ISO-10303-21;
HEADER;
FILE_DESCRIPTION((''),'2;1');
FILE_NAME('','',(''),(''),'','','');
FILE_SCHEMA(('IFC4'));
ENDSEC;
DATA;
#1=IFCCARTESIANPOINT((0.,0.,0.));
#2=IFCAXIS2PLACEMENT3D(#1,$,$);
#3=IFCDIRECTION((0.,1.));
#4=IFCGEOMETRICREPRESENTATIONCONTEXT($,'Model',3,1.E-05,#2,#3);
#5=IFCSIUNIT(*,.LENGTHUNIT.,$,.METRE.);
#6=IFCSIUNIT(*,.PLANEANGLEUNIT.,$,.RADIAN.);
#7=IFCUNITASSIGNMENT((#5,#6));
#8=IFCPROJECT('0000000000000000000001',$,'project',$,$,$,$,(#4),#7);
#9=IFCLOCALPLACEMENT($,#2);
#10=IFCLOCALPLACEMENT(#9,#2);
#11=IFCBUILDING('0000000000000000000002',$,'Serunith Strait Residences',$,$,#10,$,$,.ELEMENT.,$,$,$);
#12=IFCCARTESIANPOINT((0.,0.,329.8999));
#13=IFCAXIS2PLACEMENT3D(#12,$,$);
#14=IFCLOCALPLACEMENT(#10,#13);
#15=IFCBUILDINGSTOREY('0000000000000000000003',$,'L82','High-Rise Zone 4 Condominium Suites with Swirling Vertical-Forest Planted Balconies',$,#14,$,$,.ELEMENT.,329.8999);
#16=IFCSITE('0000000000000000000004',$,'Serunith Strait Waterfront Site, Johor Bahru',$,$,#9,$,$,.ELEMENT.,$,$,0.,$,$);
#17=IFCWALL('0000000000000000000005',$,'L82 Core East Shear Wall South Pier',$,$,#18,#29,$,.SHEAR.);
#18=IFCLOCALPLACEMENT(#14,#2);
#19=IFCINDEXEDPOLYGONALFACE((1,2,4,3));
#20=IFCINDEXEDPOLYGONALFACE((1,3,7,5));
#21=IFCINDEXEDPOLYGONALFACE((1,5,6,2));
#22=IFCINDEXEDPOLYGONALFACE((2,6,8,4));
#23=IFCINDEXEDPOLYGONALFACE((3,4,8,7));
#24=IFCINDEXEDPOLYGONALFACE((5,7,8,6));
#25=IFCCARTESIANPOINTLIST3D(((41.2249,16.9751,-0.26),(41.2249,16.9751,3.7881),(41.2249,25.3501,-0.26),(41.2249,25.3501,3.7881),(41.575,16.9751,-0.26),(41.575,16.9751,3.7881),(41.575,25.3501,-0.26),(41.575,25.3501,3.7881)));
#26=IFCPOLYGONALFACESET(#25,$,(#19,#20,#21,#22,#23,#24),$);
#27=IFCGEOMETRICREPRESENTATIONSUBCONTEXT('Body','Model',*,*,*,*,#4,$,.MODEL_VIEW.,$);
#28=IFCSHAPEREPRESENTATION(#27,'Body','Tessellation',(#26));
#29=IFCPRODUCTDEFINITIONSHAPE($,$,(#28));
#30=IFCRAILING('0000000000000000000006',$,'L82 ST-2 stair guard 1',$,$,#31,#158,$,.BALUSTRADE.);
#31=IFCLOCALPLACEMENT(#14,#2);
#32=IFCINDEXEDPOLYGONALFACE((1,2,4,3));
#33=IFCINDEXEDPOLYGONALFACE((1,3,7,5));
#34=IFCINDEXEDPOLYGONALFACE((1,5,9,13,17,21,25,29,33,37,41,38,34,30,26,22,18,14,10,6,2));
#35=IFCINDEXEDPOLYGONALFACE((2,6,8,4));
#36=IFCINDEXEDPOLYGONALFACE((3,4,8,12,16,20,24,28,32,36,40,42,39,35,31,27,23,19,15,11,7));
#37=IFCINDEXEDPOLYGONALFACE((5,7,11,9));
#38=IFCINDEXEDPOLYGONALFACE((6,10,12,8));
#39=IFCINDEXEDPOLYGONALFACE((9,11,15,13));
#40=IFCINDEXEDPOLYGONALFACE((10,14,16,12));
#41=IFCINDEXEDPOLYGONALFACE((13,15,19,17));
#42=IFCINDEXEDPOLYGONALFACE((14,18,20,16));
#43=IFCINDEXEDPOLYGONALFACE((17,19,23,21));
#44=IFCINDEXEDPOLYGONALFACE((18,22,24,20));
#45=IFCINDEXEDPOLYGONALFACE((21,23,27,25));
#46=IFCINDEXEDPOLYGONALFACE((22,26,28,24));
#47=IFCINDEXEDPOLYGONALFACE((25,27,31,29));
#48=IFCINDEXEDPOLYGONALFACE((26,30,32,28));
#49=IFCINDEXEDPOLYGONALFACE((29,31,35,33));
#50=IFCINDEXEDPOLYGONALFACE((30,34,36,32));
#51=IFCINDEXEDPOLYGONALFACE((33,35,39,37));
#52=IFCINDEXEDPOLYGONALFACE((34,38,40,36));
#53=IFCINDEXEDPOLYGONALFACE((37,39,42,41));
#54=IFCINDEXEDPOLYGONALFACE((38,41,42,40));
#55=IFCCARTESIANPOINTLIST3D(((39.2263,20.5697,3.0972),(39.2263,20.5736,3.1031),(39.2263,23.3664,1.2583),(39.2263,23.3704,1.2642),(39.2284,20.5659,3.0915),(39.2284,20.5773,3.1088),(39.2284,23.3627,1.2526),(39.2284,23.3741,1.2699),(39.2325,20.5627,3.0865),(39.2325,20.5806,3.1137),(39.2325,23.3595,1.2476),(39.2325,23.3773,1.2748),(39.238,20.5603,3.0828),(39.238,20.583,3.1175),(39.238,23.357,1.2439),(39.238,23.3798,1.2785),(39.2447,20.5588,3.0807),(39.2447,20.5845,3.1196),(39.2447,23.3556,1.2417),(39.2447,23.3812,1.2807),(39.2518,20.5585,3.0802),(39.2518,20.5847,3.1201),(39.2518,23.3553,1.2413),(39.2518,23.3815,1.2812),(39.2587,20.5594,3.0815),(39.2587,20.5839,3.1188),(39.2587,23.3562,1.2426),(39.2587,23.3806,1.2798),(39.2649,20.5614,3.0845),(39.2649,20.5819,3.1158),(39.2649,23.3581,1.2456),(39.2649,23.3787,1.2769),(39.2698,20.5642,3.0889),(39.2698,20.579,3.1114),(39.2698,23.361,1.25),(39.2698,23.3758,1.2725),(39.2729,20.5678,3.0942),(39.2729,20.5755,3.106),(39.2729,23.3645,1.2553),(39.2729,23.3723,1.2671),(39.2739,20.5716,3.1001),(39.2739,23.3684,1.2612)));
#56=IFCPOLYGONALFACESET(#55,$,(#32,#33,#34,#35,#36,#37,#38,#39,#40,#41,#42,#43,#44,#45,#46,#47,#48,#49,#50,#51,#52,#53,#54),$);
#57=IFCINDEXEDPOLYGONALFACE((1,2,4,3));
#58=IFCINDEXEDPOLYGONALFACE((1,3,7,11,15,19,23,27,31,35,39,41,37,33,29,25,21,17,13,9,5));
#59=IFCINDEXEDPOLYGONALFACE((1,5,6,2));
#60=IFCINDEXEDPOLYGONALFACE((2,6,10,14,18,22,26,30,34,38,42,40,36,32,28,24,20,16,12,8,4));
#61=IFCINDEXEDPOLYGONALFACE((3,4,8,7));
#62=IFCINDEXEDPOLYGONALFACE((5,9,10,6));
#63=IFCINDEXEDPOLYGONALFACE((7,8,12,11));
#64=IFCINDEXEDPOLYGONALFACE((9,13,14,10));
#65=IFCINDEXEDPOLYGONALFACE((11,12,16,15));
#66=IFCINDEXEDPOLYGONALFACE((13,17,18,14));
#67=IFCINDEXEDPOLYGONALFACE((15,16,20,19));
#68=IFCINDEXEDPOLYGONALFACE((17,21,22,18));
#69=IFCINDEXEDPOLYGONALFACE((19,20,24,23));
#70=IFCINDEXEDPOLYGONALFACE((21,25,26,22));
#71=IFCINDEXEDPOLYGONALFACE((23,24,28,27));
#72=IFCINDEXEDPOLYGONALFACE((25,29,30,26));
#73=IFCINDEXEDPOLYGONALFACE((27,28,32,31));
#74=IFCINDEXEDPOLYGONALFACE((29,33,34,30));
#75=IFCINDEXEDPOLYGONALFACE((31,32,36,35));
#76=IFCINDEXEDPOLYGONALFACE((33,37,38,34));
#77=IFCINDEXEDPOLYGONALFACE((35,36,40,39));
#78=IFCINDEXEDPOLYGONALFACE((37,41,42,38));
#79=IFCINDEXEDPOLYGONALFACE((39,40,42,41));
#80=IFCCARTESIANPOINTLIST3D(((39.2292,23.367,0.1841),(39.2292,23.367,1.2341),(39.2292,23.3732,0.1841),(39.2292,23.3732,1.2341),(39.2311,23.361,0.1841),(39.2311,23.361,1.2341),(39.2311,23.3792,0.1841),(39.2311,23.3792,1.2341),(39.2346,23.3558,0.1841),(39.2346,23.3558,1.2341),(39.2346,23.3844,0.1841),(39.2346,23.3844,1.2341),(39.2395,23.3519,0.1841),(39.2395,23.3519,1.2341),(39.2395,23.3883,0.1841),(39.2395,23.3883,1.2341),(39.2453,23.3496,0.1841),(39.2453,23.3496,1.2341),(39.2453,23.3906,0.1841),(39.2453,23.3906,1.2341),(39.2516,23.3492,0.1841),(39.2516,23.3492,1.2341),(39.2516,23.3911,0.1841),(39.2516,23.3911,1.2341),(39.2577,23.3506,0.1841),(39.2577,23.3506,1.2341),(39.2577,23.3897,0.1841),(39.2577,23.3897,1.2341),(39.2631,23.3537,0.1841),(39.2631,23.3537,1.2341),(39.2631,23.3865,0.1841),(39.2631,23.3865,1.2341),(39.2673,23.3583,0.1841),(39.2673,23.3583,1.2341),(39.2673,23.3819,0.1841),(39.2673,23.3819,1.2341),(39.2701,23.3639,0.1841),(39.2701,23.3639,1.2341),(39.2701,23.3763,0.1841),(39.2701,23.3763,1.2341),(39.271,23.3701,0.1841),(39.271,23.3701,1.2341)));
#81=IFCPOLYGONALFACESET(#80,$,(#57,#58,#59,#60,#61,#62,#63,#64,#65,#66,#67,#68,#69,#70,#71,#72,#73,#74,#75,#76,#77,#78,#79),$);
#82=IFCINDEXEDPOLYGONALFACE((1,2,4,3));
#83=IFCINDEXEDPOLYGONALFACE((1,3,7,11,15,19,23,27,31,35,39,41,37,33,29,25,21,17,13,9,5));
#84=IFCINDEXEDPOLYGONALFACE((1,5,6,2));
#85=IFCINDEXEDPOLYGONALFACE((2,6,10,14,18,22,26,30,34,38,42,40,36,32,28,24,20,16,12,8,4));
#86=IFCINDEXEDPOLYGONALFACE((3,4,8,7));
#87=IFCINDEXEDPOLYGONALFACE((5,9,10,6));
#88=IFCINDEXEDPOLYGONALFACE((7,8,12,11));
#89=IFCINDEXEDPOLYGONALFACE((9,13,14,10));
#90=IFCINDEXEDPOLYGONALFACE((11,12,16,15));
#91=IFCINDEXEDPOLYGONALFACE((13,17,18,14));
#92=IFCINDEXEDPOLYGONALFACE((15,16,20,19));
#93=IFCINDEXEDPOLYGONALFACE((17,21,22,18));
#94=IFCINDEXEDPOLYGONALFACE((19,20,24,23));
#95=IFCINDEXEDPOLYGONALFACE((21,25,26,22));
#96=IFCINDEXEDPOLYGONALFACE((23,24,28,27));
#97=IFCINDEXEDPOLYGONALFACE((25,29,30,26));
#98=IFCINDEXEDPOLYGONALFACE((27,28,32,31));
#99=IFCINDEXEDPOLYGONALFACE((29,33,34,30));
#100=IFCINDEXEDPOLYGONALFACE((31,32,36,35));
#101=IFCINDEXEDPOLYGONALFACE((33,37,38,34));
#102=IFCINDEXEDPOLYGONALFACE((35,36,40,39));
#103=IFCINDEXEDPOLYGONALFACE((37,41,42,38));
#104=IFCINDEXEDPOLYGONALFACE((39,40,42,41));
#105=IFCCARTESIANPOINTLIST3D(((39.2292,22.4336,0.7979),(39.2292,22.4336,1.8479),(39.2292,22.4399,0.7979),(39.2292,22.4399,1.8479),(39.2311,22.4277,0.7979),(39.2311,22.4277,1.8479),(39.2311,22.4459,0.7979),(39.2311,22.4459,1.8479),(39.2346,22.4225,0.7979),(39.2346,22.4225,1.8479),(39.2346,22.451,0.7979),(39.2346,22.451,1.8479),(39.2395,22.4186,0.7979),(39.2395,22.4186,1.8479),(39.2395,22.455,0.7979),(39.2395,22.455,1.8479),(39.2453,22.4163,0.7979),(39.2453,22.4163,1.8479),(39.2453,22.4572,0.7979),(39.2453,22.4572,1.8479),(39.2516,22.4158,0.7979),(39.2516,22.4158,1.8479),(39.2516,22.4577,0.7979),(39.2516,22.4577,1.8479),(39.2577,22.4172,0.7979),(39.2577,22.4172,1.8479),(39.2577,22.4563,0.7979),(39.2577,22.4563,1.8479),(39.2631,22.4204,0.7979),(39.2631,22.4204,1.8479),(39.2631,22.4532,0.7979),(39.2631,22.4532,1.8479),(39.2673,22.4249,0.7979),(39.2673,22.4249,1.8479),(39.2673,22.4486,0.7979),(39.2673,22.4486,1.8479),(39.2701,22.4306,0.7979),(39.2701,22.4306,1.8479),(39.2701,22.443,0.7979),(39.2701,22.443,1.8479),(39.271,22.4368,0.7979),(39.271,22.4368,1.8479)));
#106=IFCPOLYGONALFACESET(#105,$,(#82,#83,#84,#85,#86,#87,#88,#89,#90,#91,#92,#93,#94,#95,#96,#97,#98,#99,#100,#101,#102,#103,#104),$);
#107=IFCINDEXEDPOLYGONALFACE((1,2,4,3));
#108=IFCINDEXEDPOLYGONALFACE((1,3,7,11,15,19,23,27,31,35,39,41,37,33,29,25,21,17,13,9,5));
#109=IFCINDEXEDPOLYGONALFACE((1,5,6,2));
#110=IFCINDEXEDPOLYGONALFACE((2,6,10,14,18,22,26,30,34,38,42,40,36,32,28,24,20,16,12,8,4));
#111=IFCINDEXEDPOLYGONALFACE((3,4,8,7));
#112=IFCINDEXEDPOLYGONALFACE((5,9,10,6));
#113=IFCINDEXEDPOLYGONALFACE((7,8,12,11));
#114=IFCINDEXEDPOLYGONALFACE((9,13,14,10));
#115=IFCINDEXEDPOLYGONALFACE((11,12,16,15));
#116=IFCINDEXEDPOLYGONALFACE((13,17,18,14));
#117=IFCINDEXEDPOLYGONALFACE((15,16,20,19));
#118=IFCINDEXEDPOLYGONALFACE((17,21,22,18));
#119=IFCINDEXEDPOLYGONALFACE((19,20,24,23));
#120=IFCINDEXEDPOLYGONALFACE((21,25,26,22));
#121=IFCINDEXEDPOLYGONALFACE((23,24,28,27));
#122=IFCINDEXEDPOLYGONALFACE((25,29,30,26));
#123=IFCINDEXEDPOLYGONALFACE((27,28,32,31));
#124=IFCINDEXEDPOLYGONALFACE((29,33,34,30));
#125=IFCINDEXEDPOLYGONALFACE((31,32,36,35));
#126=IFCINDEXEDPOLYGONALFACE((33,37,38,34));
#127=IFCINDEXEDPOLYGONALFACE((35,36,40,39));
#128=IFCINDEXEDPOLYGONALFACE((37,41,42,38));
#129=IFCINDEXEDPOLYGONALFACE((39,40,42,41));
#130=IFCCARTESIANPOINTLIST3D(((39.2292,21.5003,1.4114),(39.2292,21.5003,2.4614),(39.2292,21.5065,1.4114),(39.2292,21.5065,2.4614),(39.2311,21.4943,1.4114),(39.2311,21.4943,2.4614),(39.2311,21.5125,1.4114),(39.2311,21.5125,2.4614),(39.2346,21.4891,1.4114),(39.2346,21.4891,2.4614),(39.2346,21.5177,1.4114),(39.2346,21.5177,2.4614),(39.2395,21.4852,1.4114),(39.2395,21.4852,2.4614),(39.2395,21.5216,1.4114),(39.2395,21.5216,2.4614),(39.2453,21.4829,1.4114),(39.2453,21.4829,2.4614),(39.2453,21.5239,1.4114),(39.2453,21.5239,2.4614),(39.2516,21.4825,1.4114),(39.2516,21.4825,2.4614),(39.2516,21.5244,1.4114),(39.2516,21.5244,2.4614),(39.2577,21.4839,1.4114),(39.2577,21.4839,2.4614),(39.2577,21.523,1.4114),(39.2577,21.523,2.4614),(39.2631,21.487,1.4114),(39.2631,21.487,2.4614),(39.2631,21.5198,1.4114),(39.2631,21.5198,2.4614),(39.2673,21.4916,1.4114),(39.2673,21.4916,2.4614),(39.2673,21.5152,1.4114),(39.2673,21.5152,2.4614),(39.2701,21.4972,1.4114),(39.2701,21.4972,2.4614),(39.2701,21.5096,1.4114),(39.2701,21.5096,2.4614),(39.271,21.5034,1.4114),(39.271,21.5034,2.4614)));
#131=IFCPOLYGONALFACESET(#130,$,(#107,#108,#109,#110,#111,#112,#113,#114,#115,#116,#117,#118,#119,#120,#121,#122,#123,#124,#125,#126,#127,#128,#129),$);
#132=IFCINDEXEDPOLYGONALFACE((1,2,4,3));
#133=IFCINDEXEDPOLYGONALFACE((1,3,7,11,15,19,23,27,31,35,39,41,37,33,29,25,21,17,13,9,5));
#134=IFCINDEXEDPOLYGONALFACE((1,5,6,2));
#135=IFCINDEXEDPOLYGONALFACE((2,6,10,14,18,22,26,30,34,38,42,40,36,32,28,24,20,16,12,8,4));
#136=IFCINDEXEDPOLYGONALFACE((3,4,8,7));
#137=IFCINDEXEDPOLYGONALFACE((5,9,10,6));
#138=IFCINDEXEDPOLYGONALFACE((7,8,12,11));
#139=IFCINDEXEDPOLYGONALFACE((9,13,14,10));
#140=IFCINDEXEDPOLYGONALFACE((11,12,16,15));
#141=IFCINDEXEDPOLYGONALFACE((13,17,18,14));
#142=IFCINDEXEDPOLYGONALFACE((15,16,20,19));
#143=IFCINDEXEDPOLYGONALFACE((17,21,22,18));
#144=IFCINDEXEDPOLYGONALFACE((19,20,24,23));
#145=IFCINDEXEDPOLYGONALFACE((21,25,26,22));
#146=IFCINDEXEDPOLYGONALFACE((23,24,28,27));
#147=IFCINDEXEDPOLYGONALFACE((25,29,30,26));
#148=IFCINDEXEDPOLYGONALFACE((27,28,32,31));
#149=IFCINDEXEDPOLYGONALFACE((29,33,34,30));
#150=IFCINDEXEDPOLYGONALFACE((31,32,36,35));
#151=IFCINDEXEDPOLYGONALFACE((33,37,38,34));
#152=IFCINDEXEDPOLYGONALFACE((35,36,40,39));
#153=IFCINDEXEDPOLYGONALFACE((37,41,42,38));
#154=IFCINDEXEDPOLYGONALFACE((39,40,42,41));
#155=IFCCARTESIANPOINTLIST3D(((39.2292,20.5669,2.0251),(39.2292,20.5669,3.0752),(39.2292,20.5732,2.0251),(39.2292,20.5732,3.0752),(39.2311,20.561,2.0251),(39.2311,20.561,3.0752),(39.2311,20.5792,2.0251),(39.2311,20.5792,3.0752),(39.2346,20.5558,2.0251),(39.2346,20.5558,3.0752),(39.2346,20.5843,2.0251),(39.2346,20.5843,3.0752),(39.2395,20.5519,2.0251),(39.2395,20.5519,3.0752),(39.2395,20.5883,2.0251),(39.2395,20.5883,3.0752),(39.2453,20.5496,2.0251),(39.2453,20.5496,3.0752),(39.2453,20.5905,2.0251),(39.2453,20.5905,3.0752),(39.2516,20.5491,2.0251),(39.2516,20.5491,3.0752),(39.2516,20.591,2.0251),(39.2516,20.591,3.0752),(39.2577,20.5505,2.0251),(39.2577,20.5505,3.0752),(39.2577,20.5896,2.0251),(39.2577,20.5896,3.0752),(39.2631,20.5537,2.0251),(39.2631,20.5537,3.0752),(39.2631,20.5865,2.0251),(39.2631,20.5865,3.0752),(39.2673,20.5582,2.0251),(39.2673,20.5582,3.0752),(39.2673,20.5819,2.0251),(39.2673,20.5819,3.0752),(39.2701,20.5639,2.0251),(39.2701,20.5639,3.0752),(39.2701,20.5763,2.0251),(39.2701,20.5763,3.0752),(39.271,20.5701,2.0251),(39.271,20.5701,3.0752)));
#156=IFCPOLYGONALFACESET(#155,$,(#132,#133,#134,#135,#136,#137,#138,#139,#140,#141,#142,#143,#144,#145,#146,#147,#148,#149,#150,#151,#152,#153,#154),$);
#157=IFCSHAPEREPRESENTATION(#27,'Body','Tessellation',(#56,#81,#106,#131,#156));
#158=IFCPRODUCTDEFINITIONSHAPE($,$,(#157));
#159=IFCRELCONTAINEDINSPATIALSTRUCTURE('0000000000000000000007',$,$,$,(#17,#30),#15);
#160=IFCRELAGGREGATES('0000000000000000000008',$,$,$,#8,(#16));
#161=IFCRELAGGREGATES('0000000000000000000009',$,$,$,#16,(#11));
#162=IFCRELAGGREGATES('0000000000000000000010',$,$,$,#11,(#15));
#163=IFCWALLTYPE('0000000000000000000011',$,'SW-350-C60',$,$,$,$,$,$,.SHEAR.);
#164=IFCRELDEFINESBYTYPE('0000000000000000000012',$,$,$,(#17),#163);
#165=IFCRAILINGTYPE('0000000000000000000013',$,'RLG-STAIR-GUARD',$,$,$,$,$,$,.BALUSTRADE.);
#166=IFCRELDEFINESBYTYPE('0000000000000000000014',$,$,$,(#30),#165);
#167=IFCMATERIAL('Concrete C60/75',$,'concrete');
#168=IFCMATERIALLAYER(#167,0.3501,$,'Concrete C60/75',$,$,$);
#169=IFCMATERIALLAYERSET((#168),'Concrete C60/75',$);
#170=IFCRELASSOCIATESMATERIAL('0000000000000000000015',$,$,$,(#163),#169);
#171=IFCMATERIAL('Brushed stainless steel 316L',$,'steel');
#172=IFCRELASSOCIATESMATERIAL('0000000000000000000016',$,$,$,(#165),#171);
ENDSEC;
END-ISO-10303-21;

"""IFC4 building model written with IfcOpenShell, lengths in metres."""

from ifc_helpers import new_model, si_unit, direction, frame, frame_2d, origin, origin_2d, place, context, subcontext, project, spatial, rectangle, circle, extrude, material, layer, layer_set, type_object, element, save


model = new_model("IFC4")

# Units and contexts
model_context = context("Model", 3, precision=1e-05, world=origin(), true_north=direction((0.0, 1.0)))
body_context = subcontext(model_context, "Body", "Model", "MODEL_VIEW")
ifc_project = project(units=[si_unit("LENGTHUNIT", "METRE"), si_unit("PLANEANGLEUNIT", "RADIAN")], contexts=[model_context])

# Site, building, storey
site_placement = place(None, origin())
site = spatial("IfcSite", under=ifc_project, at=site_placement, Name="Serunith Strait Waterfront Site, Johor Bahru", CompositionType="ELEMENT", RefElevation=0.0)
building_placement = place(site_placement, origin())
building = spatial("IfcBuilding", under=site, at=building_placement, Name="Serunith Strait Residences", CompositionType="ELEMENT")
storey_placement = place(building_placement, frame((0.0, 0.0, 329.8999)))
storey = spatial("IfcBuildingStorey", under=building, at=storey_placement, Name="L82", Description="High-Rise Zone 4 Condominium Suites with Swirling Vertical-Forest Planted Balconies", CompositionType="ELEMENT", Elevation=329.8999)

# Shared definitions
ifc_material_1 = material(Name="Concrete C60/75", Category="concrete")

# Wall
ifc_layer_1 = layer(ifc_material_1, 0.3501, Name="Concrete C60/75")
ifc_layer_set_1 = layer_set([ifc_layer_1], Name="Concrete C60/75")
wall_type_1 = type_object("IfcWallType", Name="SW-350-C60", PredefinedType="SHEAR", material=ifc_layer_set_1)
wall_1_placement = place(storey_placement, frame((41.3999, 16.9751, -0.26), z_axis=(0.0, 0.0, 1.0), x_axis=(0.0, 1.0, 0.0)))
element("IfcWall", 1, at=wall_1_placement, inside=storey, type_object=wall_type_1, Name="L82 Core East Shear Wall South Pier", PredefinedType="SHEAR", context=body_context, shape_type="SweptSolid", body=[
    extrude(rectangle(XDim=8.375, YDim=0.3501, at=frame_2d((4.1875, 0.0))), origin(), (0.0, 0.0, 1.0), 4.0481),
])

# Railing
ifc_material_2 = material(Name="Brushed stainless steel 316L", Category="steel")
railing_type_1 = type_object("IfcRailingType", Name="RLG-STAIR-GUARD", PredefinedType="BALUSTRADE", material=ifc_material_2)
railing_1_placement = place(storey_placement, frame((39.25, 23.3701, 0.1841)))
element("IfcRailing", 2, at=railing_1_placement, inside=storey, type_object=railing_type_1, Name="L82 ST-2 stair guard 1", PredefinedType="BALUSTRADE", context=body_context, shape_type="SweptSolid", body=[
    extrude(circle(Radius=0.0239, at=origin_2d()), frame((0.0, -0.0017, 1.0771), z_axis=(0.0, -0.835564, 0.549393), x_axis=(1.0, 0.0, 0.0)), (0.0, 0.0, 1.0), 3.3472),
    extrude(circle(Radius=0.021, at=origin_2d()), origin(), (0.0, 0.0, 1.0), 1.05),
    extrude(circle(Radius=0.021, at=origin_2d()), frame((0.0, -0.9333, 0.6138)), (0.0, 0.0, 1.0), 1.05),
    extrude(circle(Radius=0.021, at=origin_2d()), frame((0.0, -1.8667, 1.2273)), (0.0, 0.0, 1.0), 1.05),
    extrude(circle(Radius=0.021, at=origin_2d()), frame((0.0, -2.8, 1.8411)), (0.0, 0.0, 1.0), 1.05),
])

save(model, "model.ifc")
